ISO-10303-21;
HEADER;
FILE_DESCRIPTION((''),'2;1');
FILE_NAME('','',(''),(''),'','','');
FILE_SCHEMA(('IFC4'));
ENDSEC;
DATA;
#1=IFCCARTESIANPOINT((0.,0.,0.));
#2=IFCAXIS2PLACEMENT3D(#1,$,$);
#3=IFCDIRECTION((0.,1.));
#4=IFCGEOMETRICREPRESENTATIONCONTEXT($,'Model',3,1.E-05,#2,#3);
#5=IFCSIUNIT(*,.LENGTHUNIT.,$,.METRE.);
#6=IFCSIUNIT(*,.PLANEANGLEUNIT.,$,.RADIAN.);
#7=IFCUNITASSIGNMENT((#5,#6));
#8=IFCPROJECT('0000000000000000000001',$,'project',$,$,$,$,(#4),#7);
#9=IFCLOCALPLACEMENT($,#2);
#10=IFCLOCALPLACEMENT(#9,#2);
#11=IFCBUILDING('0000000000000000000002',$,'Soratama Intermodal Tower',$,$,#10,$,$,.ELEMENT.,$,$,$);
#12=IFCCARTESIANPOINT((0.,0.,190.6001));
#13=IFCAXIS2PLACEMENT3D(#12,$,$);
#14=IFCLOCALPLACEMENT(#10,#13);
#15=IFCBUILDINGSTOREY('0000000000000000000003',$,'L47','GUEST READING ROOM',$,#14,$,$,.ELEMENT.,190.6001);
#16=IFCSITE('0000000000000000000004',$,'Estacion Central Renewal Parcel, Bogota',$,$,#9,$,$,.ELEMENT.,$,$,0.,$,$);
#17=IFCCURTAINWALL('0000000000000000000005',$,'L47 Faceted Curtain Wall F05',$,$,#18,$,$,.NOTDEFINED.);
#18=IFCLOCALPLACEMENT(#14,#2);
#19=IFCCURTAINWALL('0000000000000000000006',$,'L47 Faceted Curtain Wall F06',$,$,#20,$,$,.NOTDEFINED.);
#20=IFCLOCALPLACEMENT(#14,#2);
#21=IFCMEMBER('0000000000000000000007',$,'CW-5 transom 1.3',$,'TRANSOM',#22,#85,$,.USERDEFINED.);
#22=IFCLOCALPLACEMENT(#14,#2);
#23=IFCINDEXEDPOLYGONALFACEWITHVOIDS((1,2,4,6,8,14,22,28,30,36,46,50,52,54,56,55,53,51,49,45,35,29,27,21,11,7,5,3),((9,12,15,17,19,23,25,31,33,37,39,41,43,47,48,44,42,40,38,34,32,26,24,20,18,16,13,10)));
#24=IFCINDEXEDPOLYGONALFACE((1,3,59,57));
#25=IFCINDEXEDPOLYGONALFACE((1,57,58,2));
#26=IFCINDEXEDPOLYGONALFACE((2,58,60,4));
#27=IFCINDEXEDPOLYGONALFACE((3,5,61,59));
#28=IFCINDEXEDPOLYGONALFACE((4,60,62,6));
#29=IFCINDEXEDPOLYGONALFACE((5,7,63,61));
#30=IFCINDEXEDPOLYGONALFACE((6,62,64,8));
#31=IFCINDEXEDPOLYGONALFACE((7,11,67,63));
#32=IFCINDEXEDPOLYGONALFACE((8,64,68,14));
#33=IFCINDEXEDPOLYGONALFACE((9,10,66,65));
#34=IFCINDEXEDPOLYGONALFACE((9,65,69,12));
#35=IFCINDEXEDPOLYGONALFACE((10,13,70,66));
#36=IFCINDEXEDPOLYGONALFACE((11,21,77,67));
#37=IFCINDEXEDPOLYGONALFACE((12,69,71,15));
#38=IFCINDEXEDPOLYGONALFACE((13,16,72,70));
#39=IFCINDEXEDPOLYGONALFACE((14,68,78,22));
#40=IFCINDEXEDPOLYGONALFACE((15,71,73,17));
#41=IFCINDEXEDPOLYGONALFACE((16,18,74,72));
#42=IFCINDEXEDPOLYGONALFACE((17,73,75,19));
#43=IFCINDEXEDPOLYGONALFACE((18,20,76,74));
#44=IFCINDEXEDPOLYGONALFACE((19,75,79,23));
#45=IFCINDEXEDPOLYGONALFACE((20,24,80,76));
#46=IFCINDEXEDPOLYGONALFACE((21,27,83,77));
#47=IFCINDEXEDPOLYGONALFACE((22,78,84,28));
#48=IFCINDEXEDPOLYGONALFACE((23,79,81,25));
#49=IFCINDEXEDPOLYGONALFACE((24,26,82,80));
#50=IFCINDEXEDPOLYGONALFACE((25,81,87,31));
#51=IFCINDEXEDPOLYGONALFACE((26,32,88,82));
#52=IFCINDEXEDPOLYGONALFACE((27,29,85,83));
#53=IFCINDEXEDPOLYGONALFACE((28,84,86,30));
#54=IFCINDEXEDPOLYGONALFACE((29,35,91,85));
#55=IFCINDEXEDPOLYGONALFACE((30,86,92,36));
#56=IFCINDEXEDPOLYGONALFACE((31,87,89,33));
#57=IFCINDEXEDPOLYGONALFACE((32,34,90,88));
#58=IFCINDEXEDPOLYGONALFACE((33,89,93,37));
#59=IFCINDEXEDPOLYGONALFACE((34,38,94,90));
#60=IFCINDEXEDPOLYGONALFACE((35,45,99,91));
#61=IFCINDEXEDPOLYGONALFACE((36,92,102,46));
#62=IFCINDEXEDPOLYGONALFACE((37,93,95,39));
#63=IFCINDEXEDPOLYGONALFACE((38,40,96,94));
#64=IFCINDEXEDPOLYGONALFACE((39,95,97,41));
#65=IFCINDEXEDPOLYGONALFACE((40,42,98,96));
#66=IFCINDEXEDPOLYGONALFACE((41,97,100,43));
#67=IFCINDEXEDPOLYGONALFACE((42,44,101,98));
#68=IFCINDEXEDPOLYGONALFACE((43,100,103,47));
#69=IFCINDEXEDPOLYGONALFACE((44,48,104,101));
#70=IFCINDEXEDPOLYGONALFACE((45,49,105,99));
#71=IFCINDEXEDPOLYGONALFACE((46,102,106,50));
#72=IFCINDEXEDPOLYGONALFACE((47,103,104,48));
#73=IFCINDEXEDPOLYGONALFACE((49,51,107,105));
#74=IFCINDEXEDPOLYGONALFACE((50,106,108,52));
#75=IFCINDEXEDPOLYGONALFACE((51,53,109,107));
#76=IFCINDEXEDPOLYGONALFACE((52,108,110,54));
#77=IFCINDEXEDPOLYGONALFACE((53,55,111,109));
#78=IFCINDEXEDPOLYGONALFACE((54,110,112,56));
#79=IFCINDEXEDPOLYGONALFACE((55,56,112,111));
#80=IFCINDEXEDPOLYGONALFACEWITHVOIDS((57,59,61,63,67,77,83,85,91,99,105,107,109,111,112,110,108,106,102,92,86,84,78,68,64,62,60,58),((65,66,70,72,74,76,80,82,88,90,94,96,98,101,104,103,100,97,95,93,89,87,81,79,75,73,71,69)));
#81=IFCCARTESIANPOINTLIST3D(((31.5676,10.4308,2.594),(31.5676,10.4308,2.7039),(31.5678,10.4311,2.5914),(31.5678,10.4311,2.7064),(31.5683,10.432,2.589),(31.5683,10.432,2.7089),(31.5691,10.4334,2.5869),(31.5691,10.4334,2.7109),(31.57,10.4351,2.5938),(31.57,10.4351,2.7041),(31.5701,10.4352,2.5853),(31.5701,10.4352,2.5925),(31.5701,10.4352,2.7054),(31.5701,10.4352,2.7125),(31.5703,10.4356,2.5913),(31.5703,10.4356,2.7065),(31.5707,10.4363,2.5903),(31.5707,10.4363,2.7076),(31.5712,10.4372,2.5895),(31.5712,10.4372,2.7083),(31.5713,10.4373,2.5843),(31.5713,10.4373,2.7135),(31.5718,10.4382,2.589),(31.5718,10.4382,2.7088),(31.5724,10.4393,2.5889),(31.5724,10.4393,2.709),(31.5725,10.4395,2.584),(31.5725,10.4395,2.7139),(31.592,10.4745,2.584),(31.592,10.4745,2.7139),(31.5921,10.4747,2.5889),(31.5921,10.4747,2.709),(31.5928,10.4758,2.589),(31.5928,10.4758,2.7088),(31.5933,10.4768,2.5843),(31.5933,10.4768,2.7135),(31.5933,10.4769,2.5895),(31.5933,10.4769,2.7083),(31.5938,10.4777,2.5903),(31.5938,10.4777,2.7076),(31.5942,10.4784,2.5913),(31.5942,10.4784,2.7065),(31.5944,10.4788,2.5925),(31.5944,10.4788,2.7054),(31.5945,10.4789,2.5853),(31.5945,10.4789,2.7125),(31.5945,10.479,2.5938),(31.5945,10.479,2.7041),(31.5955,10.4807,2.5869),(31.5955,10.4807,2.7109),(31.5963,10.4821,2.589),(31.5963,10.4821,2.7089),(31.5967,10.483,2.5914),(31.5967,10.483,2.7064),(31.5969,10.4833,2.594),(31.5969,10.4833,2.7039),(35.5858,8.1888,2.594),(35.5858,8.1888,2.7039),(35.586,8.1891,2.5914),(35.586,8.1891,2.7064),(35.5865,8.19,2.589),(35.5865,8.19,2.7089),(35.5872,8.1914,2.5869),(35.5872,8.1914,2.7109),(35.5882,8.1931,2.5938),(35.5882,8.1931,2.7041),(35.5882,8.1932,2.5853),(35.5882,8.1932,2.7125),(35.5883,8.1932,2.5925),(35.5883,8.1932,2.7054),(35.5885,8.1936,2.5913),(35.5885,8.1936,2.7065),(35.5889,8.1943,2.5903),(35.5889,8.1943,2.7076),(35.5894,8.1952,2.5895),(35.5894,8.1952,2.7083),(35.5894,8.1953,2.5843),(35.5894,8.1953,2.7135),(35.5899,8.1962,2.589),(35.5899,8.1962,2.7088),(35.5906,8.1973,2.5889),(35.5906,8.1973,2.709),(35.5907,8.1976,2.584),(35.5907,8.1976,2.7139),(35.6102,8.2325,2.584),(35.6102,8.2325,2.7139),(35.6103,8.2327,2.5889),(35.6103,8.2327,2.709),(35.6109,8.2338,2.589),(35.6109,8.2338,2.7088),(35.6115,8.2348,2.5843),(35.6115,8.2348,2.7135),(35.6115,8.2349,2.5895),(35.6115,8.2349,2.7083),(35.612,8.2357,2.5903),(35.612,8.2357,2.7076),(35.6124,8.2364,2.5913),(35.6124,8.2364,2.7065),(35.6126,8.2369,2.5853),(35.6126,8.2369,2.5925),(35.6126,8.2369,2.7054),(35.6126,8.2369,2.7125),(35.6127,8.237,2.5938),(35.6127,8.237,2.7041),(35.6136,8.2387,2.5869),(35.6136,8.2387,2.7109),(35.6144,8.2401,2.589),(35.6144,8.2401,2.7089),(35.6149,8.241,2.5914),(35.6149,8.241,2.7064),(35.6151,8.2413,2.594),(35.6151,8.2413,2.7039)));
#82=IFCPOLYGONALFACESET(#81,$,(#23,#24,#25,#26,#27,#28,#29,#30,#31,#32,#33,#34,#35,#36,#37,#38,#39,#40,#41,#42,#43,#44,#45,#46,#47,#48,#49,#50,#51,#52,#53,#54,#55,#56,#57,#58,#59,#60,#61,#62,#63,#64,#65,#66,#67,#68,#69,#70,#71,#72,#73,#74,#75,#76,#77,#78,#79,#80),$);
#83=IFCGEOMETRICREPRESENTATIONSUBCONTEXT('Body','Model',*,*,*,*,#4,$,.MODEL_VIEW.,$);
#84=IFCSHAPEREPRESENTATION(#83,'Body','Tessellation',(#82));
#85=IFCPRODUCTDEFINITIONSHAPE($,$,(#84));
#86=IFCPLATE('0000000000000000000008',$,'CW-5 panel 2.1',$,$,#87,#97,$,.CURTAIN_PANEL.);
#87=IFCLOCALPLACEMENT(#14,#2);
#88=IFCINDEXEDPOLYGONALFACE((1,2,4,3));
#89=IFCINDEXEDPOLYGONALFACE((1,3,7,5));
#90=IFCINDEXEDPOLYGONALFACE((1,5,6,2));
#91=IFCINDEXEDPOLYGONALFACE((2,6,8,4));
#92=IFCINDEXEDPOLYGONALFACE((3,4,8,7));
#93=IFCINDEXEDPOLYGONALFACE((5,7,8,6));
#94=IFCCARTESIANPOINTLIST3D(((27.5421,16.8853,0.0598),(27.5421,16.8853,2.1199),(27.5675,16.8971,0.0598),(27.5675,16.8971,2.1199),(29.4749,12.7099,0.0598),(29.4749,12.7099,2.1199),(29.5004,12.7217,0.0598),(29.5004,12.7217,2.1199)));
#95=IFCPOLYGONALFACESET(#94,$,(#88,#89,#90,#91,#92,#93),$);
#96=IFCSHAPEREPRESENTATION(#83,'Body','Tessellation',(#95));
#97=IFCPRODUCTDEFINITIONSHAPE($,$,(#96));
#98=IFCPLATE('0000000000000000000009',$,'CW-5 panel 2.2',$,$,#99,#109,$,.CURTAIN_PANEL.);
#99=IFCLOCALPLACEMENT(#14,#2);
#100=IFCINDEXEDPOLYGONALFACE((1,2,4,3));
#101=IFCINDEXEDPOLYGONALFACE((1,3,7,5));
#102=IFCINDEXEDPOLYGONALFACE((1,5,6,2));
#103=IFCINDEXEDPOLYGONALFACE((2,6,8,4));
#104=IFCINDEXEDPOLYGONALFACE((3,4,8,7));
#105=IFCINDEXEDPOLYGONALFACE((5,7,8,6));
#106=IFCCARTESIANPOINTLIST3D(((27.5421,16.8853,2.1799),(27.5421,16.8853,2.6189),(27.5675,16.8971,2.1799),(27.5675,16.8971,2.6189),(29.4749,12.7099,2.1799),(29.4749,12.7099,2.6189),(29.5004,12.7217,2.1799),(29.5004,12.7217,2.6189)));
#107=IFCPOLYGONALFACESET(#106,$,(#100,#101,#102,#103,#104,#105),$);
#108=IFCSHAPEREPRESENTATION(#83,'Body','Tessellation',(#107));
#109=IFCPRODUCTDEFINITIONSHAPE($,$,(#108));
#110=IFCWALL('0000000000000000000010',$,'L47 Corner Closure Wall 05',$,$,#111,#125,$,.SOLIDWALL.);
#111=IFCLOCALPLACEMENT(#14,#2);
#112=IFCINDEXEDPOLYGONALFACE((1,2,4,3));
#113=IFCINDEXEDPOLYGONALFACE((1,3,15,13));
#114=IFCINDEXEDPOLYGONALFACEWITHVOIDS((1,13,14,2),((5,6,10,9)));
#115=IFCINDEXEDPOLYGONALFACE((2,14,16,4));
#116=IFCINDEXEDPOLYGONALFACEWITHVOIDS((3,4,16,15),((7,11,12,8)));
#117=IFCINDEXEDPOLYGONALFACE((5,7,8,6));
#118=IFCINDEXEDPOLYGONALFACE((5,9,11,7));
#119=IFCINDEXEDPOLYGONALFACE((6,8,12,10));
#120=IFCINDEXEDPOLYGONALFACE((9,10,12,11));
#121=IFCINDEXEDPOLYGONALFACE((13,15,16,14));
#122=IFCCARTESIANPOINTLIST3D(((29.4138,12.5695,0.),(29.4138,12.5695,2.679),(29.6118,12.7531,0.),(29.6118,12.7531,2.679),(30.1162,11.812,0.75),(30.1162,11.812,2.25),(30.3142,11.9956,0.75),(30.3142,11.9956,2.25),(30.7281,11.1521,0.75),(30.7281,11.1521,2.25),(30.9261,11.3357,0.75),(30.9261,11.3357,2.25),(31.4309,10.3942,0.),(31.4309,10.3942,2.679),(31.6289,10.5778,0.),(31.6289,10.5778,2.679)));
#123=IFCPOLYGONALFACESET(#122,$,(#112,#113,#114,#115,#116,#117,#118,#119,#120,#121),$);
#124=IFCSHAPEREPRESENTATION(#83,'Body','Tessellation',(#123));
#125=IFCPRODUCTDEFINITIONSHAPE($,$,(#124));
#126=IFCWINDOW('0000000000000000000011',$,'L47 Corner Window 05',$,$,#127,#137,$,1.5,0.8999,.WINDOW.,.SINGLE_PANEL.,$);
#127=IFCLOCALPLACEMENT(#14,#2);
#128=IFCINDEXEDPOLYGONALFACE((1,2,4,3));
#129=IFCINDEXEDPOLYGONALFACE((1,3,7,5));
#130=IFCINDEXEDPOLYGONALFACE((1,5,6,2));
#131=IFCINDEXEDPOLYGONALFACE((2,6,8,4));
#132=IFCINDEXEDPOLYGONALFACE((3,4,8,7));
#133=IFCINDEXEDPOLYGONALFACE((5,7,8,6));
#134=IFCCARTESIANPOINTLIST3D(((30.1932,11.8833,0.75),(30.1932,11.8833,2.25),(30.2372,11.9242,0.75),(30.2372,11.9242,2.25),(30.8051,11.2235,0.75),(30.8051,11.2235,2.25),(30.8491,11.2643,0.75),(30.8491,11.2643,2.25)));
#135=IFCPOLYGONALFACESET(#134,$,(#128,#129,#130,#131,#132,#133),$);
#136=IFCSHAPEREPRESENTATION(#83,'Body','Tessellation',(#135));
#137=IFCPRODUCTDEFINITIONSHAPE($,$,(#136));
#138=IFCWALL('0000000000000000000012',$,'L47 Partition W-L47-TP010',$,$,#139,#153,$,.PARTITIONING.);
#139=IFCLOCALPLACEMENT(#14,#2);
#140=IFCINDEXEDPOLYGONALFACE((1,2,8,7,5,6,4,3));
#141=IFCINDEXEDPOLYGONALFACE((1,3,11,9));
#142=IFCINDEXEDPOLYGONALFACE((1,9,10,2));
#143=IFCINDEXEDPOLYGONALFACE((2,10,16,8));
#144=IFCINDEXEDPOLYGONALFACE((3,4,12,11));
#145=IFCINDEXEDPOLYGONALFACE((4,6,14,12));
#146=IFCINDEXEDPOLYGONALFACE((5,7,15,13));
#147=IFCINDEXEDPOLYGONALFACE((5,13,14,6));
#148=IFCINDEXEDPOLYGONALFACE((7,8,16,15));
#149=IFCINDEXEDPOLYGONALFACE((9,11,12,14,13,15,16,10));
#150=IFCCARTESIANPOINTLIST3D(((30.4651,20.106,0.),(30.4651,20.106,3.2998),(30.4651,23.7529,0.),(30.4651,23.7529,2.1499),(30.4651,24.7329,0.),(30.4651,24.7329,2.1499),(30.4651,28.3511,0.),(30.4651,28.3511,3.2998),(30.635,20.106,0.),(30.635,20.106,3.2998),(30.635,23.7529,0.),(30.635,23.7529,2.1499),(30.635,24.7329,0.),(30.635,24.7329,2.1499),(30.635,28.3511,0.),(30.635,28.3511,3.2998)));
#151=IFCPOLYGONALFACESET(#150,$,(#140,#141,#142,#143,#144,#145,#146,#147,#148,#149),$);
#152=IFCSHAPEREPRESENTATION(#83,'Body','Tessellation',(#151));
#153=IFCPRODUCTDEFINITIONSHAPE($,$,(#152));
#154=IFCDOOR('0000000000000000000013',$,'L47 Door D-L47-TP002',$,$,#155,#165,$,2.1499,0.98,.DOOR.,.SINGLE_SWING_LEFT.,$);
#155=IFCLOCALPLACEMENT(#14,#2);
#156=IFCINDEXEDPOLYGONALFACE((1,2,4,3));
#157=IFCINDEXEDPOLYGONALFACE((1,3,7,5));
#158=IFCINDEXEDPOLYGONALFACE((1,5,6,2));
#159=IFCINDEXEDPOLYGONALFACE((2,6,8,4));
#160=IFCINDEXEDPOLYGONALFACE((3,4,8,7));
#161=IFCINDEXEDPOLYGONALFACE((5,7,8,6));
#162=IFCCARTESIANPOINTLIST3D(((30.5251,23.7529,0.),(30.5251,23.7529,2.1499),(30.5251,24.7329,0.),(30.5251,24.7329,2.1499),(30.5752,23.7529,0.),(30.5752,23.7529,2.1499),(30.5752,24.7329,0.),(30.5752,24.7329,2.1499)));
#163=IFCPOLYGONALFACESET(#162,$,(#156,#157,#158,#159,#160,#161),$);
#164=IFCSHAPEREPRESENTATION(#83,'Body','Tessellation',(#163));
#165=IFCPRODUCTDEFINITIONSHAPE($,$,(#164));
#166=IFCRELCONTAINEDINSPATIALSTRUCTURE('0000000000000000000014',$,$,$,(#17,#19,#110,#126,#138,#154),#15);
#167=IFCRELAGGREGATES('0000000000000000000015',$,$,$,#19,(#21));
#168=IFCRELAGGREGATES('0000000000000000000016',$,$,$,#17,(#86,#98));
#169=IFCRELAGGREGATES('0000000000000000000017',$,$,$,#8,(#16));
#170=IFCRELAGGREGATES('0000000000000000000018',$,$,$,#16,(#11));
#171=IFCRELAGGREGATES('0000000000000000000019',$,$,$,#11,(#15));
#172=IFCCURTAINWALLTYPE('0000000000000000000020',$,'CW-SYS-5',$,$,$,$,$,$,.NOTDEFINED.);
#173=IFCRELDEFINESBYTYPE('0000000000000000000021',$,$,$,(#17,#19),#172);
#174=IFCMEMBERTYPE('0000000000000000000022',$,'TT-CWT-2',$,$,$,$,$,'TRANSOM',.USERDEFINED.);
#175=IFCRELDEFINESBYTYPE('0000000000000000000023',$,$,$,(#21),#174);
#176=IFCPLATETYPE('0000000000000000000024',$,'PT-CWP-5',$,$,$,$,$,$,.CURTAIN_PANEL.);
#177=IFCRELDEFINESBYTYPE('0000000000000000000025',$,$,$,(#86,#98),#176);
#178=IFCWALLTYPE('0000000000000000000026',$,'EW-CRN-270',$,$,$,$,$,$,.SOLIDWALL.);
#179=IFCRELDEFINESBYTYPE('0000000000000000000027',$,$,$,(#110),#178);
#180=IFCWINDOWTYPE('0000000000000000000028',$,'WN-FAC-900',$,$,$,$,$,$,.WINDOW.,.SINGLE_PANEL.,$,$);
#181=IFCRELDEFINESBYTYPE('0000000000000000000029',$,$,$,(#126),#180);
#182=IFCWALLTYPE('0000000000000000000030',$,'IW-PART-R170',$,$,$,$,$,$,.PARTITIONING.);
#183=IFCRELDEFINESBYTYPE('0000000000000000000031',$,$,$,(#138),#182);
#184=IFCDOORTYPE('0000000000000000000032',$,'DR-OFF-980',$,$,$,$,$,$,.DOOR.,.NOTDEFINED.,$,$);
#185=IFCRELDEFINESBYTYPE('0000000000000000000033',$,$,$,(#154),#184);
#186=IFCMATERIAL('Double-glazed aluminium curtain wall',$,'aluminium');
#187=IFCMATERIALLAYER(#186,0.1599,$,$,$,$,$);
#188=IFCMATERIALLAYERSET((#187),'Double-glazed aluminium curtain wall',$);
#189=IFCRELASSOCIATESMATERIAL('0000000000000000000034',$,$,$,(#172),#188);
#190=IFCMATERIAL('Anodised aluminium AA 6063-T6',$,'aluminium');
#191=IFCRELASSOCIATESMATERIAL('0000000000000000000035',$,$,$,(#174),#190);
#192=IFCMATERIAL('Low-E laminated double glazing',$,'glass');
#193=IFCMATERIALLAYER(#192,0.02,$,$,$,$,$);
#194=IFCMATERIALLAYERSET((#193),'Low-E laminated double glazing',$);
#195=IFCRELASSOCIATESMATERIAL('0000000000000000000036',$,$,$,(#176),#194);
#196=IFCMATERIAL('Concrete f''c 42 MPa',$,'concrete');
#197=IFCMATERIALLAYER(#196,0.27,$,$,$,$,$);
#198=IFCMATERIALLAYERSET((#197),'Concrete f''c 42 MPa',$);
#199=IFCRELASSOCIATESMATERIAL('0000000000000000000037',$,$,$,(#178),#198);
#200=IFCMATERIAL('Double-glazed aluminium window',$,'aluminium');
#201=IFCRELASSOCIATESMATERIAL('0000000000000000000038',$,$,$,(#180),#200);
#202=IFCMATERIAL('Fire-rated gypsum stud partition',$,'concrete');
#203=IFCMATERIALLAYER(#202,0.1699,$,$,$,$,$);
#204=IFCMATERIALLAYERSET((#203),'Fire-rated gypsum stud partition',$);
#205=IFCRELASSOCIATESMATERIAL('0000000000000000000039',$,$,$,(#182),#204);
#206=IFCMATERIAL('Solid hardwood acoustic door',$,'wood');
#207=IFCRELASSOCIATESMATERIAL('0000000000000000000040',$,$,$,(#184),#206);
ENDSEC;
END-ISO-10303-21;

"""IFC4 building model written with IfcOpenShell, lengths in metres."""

from ifc_helpers import new_model, si_unit, direction, frame, frame_2d, origin, origin_2d, place, context, subcontext, project, spatial, rectangle, hollow_rectangle, extrude, material, layer, layer_set, material_profile, profile_set, type_object, element, fill, aggregate, save


model = new_model("IFC4")

# Units and contexts
model_context = context("Model", 3, precision=1e-05, world=origin(), true_north=direction((0.0, 1.0)))
body_context = subcontext(model_context, "Body", "Model", "MODEL_VIEW")
ifc_project = project(units=[si_unit("LENGTHUNIT", "METRE"), si_unit("PLANEANGLEUNIT", "RADIAN")], contexts=[model_context])

# Site, building, storey
site_placement = place(None, origin())
site = spatial("IfcSite", under=ifc_project, at=site_placement, Name="Estacion Central Renewal Parcel, Bogota", CompositionType="ELEMENT", RefElevation=0.0)
building_placement = place(site_placement, origin())
building = spatial("IfcBuilding", under=site, at=building_placement, Name="Soratama Intermodal Tower", CompositionType="ELEMENT")
storey_placement = place(building_placement, frame((0.0, 0.0, 190.6001)))
storey = spatial("IfcBuildingStorey", under=building, at=storey_placement, Name="L47", Description="GUEST READING ROOM", CompositionType="ELEMENT", Elevation=190.6001)

# Curtain walls
ifc_material_1 = material(Name="Double-glazed aluminium curtain wall", Category="aluminium")
ifc_layer_1 = layer(ifc_material_1, 0.1599)
ifc_layer_set_1 = layer_set([ifc_layer_1], Name="Double-glazed aluminium curtain wall")
curtain_wall_type = type_object("IfcCurtainWallType", Name="CW-SYS-5", PredefinedType="NOTDEFINED", material=ifc_layer_set_1)
curtain_wall_1_placement = place(storey_placement, origin())
curtain_wall_1 = element("IfcCurtainWall", 1, at=curtain_wall_1_placement, inside=storey, type_object=curtain_wall_type, Name="L47 Faceted Curtain Wall F05", PredefinedType="NOTDEFINED")
curtain_wall_2_placement = place(storey_placement, origin())
curtain_wall_2 = element("IfcCurtainWall", 2, at=curtain_wall_2_placement, inside=storey, type_object=curtain_wall_type, Name="L47 Faceted Curtain Wall F06", PredefinedType="NOTDEFINED")

# Member
ifc_material_2 = material(Name="Anodised aluminium AA 6063-T6", Category="aluminium")
ifc_material_profile_1 = material_profile(ifc_material_2, hollow_rectangle(XDim=0.0601, YDim=0.1299, WallThickness=0.0049, InnerFilletRadius=0.0049, OuterFilletRadius=0.01, at=origin_2d()), Name="CWT130X60X5")
ifc_profile_set_1 = profile_set([ifc_material_profile_1], Name="Anodised aluminium AA 6063-T6")
member_type_1 = type_object("IfcMemberType", Name="TT-CWT-2", ElementType="TRANSOM", PredefinedType="USERDEFINED", material=ifc_profile_set_1)
member_1_placement = place(storey_placement, frame((31.5823, 10.457, 2.6489), z_axis=(0.873262, -0.48725, 0.0), x_axis=(0.48725, 0.873262, 0.0)))
member_1 = element("IfcMember", 3, at=member_1_placement, type_object=member_type_1, Name="CW-5 transom 1.3", ObjectType="TRANSOM", PredefinedType="USERDEFINED", context=body_context, shape_type="SweptSolid", body=[
    extrude(hollow_rectangle(XDim=0.0601, YDim=0.1299, WallThickness=0.0049, InnerFilletRadius=0.0049, OuterFilletRadius=0.01, at=origin_2d()), origin(), (0.0, 0.0, 1.0), 4.6013),
])
aggregate(curtain_wall_2, [member_1])

# Plates
ifc_material_3 = material(Name="Low-E laminated double glazing", Category="glass")
ifc_layer_2 = layer(ifc_material_3, 0.02)
ifc_layer_set_2 = layer_set([ifc_layer_2], Name="Low-E laminated double glazing")
plate_type = type_object("IfcPlateType", Name="PT-CWP-5", PredefinedType="CURTAIN_PANEL", material=ifc_layer_set_2)
plate_1_placement = place(storey_placement, frame((28.5212, 14.8035, 0.0598), z_axis=(0.0, 0.0, 1.0), x_axis=(0.420092, -0.907482, 0.0)))
plate_1 = element("IfcPlate", 4, at=plate_1_placement, type_object=plate_type, Name="CW-5 panel 2.1", PredefinedType="CURTAIN_PANEL", context=body_context, shape_type="SweptSolid", body=[
    extrude(rectangle(XDim=4.6011, YDim=0.0281, at=origin_2d()), origin(), (0.0, 0.0, 1.0), 2.0601),
])
plate_2_placement = place(storey_placement, frame((28.5212, 14.8035, 2.1799), z_axis=(0.0, 0.0, 1.0), x_axis=(0.420092, -0.907482, 0.0)))
plate_2 = element("IfcPlate", 5, at=plate_2_placement, type_object=plate_type, Name="CW-5 panel 2.2", PredefinedType="CURTAIN_PANEL", context=body_context, shape_type="SweptSolid", body=[
    extrude(rectangle(XDim=4.6011, YDim=0.0281, at=origin_2d()), origin(), (0.0, 0.0, 1.0), 0.439),
])
aggregate(curtain_wall_1, [plate_1, plate_2])

# Wall, opening, window
ifc_material_4 = material(Name="Concrete f'c 42 MPa", Category="concrete")
ifc_layer_3 = layer(ifc_material_4, 0.27)
ifc_layer_set_3 = layer_set([ifc_layer_3], Name="Concrete f'c 42 MPa")
wall_type_1 = type_object("IfcWallType", Name="EW-CRN-270", PredefinedType="SOLIDWALL", material=ifc_layer_set_3)
wall_1_placement = place(storey_placement, frame((29.5127, 12.6614, 0.0), z_axis=(0.0, 0.0, 1.0), x_axis=(0.67994, -0.733268, 0.0)))
wall_1 = element("IfcWall", 6, at=wall_1_placement, inside=storey, type_object=wall_type_1, Name="L47 Corner Closure Wall 05", PredefinedType="SOLIDWALL", context=body_context, shape_type="SweptSolid", body=[
    extrude(rectangle(XDim=2.9666, YDim=0.27, at=frame_2d((1.4834, 0.0))), origin(), (0.0, 0.0, 1.0), 2.679),
])
opening_1_placement = place(wall_1_placement, frame((1.0332, 0.0, 0.75)))
opening_1 = element("IfcOpeningElement", 7, at=opening_1_placement, cuts=wall_1, PredefinedType="OPENING", context=body_context, shape_type="SweptSolid", body=[
    extrude(rectangle(XDim=0.8999, YDim=1.5, at=frame_2d((0.45, 0.75))), frame((0.0, 0.145, 0.0), z_axis=(0.0, -1.0, 0.0), x_axis=(1.0, 0.0, 0.0)), (0.0, 0.0, 1.0), 0.29),
])
ifc_material_5 = material(Name="Double-glazed aluminium window", Category="aluminium")
window_type = type_object("IfcWindowType", Name="WN-FAC-900", PartitioningType="SINGLE_PANEL", PredefinedType="WINDOW", material=ifc_material_5)
window_placement = place(opening_1_placement, origin())
window = element("IfcWindow", 8, at=window_placement, inside=storey, type_object=window_type, Name="L47 Corner Window 05", OverallHeight=1.5, OverallWidth=0.8999, PartitioningType="SINGLE_PANEL", PredefinedType="WINDOW", context=body_context, shape_type="SweptSolid", body=[
    extrude(rectangle(XDim=0.8999, YDim=1.5, at=frame_2d((0.45, 0.75))), frame((0.0, 0.03, 0.0), z_axis=(0.0, -1.0, 0.0), x_axis=(1.0, 0.0, 0.0)), (0.0, 0.0, 1.0), 0.0601),
])
fill(opening_1, window)

# Wall, opening, door
ifc_material_6 = material(Name="Fire-rated gypsum stud partition", Category="concrete")
ifc_layer_4 = layer(ifc_material_6, 0.1699)
ifc_layer_set_4 = layer_set([ifc_layer_4], Name="Fire-rated gypsum stud partition")
wall_type_2 = type_object("IfcWallType", Name="IW-PART-R170", PredefinedType="PARTITIONING", material=ifc_layer_set_4)
wall_2_placement = place(storey_placement, frame((30.55, 20.106, 0.0), z_axis=(0.0, 0.0, 1.0), x_axis=(0.0, 1.0, 0.0)))
wall_2 = element("IfcWall", 9, at=wall_2_placement, inside=storey, type_object=wall_type_2, Name="L47 Partition W-L47-TP010", PredefinedType="PARTITIONING", context=body_context, shape_type="SweptSolid", body=[
    extrude(rectangle(XDim=8.2451, YDim=0.1699, at=frame_2d((4.1226, 0.0))), origin(), (0.0, 0.0, 1.0), 3.2998),
])
opening_2_placement = place(wall_2_placement, frame((3.647, 0.0, 0.0)))
opening_2 = element("IfcOpeningElement", 10, at=opening_2_placement, cuts=wall_2, PredefinedType="OPENING", context=body_context, shape_type="SweptSolid", body=[
    extrude(rectangle(XDim=0.98, YDim=2.1499, at=frame_2d((0.49, 1.075))), frame((0.0, 0.095, 0.0), z_axis=(0.0, -1.0, 0.0), x_axis=(1.0, 0.0, 0.0)), (0.0, 0.0, 1.0), 0.1899),
])
ifc_material_7 = material(Name="Solid hardwood acoustic door", Category="wood")
door_type = type_object("IfcDoorType", Name="DR-OFF-980", OperationType="NOTDEFINED", PredefinedType="DOOR", material=ifc_material_7)
door_1_placement = place(opening_2_placement, origin())
door_1 = element("IfcDoor", 11, at=door_1_placement, inside=storey, type_object=door_type, Name="L47 Door D-L47-TP002", OperationType="SINGLE_SWING_LEFT", OverallHeight=2.1499, OverallWidth=0.98, PredefinedType="DOOR", context=body_context, shape_type="SweptSolid", body=[
    extrude(rectangle(XDim=0.98, YDim=2.1499, at=frame_2d((0.49, 1.075))), frame((0.0, 0.0249, 0.0), z_axis=(0.0, -1.0, 0.0), x_axis=(1.0, 0.0, 0.0)), (0.0, 0.0, 1.0), 0.05),
])
fill(opening_2, door_1)

save(model, "model.ifc")
